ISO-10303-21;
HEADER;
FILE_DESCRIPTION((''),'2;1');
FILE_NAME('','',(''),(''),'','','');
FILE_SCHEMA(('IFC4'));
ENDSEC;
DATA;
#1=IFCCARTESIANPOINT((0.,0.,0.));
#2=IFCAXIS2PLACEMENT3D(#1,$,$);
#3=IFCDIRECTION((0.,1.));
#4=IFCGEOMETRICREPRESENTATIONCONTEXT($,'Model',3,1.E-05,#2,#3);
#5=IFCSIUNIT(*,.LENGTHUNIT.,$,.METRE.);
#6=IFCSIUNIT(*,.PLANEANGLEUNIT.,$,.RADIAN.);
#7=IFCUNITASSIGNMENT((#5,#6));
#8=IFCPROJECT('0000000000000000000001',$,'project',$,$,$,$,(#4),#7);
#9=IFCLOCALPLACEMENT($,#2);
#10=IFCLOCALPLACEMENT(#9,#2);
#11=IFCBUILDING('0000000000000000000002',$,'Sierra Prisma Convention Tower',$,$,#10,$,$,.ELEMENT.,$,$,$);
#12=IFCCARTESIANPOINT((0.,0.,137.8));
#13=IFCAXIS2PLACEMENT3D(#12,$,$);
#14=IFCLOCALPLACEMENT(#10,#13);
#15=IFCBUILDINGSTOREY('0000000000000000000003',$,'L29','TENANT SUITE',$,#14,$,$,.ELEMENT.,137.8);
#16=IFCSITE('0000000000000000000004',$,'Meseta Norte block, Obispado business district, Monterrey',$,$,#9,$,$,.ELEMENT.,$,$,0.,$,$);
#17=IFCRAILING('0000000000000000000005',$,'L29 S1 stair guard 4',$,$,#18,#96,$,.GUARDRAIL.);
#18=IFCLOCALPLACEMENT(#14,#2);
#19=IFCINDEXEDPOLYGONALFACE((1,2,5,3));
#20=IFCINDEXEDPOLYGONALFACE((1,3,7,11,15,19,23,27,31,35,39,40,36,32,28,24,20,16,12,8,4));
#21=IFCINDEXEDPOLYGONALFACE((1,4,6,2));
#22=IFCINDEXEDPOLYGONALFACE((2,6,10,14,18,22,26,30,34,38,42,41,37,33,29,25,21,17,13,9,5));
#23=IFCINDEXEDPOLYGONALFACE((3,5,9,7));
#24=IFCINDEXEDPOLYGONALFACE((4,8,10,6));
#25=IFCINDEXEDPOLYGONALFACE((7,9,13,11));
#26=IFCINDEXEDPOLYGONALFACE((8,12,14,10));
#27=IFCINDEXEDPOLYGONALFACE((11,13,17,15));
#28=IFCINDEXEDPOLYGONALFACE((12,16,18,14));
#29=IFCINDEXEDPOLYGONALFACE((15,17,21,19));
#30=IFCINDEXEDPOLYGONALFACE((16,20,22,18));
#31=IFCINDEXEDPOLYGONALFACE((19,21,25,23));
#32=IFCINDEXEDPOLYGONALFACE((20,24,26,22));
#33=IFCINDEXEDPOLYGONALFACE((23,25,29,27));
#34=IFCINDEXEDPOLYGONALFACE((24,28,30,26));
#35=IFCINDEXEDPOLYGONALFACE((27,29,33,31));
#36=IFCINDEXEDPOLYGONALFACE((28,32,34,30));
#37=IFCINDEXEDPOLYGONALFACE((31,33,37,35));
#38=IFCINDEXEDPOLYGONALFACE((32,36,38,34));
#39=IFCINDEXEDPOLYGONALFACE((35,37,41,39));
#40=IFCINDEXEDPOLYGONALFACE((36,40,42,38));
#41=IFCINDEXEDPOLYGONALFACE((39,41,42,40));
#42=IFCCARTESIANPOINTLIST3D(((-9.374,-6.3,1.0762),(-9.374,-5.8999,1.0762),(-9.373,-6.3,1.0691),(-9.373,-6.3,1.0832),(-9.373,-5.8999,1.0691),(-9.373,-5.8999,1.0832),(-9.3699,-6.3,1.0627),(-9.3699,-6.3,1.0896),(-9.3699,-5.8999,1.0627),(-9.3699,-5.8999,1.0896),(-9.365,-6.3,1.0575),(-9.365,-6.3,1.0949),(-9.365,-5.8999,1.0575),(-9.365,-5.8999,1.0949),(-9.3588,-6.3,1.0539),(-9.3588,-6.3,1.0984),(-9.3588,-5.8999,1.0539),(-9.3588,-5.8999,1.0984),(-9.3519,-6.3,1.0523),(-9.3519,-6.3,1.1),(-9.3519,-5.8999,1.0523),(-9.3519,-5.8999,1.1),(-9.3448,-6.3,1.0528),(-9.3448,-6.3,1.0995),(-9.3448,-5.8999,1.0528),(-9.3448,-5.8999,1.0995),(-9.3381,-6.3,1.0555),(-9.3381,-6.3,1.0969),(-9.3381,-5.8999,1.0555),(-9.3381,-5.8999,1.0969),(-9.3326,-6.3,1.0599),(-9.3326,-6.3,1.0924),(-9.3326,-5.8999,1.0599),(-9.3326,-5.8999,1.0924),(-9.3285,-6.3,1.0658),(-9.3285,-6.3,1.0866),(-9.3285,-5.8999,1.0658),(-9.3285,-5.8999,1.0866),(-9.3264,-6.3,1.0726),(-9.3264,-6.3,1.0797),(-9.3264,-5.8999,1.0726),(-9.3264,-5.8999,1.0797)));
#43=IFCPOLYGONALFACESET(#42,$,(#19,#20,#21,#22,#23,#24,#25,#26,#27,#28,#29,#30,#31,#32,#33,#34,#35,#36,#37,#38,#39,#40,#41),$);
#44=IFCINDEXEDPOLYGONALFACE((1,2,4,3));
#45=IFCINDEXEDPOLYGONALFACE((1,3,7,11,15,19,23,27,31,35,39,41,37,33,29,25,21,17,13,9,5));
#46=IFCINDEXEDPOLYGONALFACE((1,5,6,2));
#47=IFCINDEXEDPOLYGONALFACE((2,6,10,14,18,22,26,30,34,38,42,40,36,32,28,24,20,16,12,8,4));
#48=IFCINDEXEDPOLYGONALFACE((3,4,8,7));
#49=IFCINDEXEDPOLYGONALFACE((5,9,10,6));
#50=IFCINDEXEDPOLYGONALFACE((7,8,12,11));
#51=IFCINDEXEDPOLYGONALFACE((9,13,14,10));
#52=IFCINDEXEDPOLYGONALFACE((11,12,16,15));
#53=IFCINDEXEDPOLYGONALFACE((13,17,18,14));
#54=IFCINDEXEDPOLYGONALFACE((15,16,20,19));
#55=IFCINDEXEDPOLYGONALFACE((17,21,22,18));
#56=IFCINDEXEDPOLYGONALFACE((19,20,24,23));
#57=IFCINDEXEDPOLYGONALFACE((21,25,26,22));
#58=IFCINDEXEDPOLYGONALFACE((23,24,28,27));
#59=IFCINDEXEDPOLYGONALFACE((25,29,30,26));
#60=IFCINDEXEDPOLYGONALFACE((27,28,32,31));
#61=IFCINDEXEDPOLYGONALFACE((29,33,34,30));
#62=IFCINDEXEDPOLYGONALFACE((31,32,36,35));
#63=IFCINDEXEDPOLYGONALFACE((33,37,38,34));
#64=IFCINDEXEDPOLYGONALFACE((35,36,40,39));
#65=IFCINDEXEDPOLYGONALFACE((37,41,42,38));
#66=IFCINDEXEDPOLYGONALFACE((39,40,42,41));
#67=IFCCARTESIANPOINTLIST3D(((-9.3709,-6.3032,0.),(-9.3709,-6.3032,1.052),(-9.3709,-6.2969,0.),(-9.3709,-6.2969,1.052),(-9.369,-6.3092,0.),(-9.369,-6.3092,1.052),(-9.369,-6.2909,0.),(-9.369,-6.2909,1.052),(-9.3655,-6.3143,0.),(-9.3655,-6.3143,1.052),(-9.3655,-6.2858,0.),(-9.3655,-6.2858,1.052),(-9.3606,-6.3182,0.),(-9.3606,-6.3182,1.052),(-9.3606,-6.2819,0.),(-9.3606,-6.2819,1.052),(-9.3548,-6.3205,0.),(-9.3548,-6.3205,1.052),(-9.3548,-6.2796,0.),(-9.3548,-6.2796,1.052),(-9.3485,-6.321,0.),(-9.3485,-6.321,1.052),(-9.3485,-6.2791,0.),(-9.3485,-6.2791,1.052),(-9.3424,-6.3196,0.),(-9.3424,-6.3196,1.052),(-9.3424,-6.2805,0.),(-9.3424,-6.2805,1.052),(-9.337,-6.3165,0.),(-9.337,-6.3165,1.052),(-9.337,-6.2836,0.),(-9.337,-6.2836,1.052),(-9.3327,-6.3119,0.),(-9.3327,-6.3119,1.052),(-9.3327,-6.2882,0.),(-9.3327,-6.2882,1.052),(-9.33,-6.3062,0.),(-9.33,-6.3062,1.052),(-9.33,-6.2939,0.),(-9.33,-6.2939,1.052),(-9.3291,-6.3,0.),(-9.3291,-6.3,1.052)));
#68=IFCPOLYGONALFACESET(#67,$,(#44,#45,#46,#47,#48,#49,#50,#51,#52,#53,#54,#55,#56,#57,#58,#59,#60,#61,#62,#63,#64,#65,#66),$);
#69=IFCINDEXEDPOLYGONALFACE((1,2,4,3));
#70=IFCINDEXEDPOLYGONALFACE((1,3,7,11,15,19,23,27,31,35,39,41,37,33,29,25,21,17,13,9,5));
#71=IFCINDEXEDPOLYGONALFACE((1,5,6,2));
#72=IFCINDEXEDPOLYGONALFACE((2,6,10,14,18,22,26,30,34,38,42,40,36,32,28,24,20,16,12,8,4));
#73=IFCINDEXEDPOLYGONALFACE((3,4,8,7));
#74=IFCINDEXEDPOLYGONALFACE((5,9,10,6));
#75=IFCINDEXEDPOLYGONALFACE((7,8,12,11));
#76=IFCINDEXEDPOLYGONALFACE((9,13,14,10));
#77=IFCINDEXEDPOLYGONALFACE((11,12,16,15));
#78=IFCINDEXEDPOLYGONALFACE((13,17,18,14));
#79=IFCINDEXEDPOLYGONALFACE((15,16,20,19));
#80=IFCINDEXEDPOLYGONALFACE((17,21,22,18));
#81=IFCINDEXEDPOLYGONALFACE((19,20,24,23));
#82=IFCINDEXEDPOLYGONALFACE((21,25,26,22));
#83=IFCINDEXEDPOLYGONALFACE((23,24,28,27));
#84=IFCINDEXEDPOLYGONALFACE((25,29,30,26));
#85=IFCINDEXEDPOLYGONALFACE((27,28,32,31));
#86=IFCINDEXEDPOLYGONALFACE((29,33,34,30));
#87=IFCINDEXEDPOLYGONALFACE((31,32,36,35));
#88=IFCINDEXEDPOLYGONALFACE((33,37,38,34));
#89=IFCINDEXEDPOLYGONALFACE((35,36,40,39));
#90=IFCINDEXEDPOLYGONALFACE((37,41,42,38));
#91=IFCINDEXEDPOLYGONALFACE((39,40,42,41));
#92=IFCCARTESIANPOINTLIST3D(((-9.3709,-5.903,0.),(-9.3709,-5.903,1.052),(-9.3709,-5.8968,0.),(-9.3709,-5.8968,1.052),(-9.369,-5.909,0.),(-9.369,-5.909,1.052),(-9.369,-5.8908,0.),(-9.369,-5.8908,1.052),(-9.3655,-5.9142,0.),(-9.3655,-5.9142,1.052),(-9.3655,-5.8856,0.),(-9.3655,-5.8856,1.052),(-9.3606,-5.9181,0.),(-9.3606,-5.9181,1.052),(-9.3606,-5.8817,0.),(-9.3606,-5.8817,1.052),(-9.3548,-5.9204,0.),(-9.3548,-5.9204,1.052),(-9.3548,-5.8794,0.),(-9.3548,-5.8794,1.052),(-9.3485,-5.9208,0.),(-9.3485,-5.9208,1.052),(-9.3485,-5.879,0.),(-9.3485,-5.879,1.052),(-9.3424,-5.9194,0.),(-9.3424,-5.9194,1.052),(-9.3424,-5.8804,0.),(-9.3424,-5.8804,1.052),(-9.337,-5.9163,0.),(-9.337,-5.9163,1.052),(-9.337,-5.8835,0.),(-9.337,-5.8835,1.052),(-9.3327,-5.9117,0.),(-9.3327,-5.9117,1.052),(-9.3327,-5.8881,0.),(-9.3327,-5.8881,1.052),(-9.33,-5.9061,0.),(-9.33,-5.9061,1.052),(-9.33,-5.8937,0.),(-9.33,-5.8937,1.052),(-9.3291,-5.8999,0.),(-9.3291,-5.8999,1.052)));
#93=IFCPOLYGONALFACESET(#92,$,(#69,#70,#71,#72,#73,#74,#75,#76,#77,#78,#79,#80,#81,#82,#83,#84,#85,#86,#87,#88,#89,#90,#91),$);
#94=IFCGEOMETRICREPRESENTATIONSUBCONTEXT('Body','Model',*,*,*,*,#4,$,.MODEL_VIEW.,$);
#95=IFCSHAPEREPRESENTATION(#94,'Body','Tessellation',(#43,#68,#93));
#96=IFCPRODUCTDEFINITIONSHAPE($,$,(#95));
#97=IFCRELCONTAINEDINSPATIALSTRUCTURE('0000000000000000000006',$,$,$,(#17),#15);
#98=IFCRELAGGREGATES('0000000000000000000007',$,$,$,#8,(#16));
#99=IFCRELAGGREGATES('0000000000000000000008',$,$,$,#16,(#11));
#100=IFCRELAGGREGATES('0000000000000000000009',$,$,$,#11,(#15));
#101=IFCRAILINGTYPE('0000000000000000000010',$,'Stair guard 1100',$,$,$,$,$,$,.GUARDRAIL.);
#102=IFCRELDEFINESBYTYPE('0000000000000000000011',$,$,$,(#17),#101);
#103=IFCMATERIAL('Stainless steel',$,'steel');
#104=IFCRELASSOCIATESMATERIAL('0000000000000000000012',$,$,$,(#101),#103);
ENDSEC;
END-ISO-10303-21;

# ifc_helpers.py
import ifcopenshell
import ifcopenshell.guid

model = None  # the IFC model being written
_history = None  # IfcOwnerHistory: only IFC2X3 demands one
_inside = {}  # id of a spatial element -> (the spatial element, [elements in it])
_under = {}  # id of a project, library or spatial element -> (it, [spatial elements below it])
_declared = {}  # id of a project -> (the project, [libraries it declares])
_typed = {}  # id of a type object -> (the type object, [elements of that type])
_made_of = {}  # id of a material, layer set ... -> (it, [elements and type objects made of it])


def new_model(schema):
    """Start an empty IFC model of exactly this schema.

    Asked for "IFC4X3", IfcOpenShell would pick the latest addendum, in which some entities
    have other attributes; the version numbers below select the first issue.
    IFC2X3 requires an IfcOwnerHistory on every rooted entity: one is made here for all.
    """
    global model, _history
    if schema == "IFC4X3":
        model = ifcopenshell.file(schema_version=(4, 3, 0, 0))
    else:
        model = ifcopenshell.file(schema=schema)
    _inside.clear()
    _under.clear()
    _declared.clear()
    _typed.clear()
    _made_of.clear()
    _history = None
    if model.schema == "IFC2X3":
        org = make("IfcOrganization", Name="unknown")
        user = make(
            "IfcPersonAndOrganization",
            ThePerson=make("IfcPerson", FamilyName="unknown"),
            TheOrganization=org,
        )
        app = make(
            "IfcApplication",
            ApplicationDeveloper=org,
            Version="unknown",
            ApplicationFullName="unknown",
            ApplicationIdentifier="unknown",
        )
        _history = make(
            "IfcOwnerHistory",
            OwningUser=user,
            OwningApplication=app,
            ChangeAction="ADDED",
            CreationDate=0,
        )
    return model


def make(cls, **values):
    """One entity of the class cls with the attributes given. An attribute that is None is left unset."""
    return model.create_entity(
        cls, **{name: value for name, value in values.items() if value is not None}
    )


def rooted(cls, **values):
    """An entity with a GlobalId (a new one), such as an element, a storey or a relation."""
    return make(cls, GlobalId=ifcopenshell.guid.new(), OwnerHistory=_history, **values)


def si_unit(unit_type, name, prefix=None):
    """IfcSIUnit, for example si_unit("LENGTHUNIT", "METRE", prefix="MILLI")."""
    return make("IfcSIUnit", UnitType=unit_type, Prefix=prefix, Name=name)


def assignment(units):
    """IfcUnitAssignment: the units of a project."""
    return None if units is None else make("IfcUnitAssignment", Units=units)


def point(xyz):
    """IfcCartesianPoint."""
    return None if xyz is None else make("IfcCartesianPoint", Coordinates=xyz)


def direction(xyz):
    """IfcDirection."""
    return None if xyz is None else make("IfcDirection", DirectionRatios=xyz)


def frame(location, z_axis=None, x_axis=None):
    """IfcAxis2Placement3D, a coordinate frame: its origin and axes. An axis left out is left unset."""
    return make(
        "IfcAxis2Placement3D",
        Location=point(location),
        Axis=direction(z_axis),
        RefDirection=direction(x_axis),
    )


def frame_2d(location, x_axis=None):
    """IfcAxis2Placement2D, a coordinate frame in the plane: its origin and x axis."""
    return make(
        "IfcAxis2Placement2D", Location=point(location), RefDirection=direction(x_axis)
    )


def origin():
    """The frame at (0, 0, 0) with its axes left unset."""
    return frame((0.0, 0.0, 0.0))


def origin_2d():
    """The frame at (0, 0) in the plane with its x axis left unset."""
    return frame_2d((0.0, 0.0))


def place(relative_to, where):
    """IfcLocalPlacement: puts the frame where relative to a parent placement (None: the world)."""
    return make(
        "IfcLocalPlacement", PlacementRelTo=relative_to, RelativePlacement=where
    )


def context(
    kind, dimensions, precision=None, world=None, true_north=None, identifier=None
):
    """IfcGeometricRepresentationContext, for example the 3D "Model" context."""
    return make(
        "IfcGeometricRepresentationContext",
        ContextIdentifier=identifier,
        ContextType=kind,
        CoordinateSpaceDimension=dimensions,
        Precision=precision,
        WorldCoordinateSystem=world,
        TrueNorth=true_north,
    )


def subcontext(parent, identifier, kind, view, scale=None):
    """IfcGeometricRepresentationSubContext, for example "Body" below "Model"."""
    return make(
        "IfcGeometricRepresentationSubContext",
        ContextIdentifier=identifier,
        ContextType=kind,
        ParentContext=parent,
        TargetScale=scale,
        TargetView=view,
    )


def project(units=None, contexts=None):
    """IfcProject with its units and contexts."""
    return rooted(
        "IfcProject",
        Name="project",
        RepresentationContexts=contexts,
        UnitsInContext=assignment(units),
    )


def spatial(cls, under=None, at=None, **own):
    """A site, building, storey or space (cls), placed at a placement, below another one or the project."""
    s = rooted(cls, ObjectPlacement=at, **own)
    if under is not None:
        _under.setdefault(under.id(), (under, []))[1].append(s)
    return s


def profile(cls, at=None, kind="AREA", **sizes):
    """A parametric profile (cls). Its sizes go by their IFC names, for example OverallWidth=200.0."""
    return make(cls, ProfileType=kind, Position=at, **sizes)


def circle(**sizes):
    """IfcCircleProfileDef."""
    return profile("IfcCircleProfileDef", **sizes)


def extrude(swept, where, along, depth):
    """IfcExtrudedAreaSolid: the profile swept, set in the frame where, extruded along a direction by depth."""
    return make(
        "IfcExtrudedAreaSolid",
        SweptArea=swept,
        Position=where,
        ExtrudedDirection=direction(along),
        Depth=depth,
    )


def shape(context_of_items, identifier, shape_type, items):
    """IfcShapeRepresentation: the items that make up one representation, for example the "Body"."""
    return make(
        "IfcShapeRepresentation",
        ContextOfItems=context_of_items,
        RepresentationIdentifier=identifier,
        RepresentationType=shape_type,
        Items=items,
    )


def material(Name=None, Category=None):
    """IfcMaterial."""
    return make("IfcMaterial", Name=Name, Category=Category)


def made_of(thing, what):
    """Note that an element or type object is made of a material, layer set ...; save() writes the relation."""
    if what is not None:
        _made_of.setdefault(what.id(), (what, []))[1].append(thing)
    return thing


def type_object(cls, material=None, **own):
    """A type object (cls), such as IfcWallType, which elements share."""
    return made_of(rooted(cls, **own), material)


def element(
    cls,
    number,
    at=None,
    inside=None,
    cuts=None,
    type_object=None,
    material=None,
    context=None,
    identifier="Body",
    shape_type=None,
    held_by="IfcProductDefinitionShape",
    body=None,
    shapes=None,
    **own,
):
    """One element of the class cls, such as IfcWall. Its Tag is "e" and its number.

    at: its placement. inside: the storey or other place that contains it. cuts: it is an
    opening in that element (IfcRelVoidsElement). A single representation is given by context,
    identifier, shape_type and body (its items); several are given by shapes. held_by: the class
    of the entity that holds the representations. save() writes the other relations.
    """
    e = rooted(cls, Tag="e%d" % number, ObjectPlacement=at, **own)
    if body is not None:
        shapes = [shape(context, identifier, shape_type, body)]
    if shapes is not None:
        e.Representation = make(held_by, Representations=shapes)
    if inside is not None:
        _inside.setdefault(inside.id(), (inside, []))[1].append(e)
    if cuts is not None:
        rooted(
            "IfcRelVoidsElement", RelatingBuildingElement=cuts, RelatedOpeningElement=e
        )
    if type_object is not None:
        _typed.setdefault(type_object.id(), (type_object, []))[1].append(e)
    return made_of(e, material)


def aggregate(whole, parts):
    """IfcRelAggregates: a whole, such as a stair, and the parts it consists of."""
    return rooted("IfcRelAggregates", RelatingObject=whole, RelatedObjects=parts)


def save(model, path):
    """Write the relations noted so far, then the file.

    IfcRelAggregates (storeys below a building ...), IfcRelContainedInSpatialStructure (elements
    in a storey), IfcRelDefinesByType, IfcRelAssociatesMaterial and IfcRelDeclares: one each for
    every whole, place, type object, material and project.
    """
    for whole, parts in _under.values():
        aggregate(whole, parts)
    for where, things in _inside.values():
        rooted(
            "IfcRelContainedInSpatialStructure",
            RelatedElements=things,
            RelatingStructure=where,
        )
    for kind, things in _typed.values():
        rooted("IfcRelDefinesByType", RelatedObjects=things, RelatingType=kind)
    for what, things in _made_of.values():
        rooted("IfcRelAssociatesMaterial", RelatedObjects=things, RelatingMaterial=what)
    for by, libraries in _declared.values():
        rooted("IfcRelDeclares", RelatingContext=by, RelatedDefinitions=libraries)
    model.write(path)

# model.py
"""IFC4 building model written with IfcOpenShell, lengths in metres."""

from ifc_helpers import new_model, si_unit, direction, frame, origin, origin_2d, place, context, subcontext, project, spatial, circle, extrude, material, type_object, element, save


model = new_model("IFC4")

# Units and contexts
model_context = context("Model", 3, precision=1e-05, world=origin(), true_north=direction((0.0, 1.0)))
body_context = subcontext(model_context, "Body", "Model", "MODEL_VIEW")
ifc_project = project(units=[si_unit("LENGTHUNIT", "METRE"), si_unit("PLANEANGLEUNIT", "RADIAN")], contexts=[model_context])

# Site, building, storey
site_placement = place(None, origin())
site = spatial("IfcSite", under=ifc_project, at=site_placement, Name="Meseta Norte block, Obispado business district, Monterrey", CompositionType="ELEMENT", RefElevation=0.0)
building_placement = place(site_placement, origin())
building = spatial("IfcBuilding", under=site, at=building_placement, Name="Sierra Prisma Convention Tower", CompositionType="ELEMENT")
storey_placement = place(building_placement, frame((0.0, 0.0, 137.8)))
storey = spatial("IfcBuildingStorey", under=building, at=storey_placement, Name="L29", Description="TENANT SUITE", CompositionType="ELEMENT", Elevation=137.8)

# Railing
ifc_material_1 = material(Name="Stainless steel", Category="steel")
railing_type_1 = type_object("IfcRailingType", Name="Stair guard 1100", PredefinedType="GUARDRAIL", material=ifc_material_1)
railing_1_placement = place(storey_placement, frame((-9.3501, -6.3, 0.0)))
element("IfcRailing", 1, at=railing_1_placement, inside=storey, type_object=railing_type_1, Name="L29 S1 stair guard 4", PredefinedType="GUARDRAIL", context=body_context, shape_type="SweptSolid", body=[
    extrude(circle(Radius=0.0239, at=origin_2d()), frame((0.0, 0.0, 1.0762), z_axis=(0.0, 1.0, 0.0), x_axis=(-1.0, 0.0, 0.0)), (0.0, 0.0, 1.0), 0.4001),
    extrude(circle(Radius=0.021, at=origin_2d()), origin(), (0.0, 0.0, 1.0), 1.052),
    extrude(circle(Radius=0.021, at=origin_2d()), frame((0.0, 0.4001, 0.0)), (0.0, 0.0, 1.0), 1.052),
])

save(model, "model.ifc")
